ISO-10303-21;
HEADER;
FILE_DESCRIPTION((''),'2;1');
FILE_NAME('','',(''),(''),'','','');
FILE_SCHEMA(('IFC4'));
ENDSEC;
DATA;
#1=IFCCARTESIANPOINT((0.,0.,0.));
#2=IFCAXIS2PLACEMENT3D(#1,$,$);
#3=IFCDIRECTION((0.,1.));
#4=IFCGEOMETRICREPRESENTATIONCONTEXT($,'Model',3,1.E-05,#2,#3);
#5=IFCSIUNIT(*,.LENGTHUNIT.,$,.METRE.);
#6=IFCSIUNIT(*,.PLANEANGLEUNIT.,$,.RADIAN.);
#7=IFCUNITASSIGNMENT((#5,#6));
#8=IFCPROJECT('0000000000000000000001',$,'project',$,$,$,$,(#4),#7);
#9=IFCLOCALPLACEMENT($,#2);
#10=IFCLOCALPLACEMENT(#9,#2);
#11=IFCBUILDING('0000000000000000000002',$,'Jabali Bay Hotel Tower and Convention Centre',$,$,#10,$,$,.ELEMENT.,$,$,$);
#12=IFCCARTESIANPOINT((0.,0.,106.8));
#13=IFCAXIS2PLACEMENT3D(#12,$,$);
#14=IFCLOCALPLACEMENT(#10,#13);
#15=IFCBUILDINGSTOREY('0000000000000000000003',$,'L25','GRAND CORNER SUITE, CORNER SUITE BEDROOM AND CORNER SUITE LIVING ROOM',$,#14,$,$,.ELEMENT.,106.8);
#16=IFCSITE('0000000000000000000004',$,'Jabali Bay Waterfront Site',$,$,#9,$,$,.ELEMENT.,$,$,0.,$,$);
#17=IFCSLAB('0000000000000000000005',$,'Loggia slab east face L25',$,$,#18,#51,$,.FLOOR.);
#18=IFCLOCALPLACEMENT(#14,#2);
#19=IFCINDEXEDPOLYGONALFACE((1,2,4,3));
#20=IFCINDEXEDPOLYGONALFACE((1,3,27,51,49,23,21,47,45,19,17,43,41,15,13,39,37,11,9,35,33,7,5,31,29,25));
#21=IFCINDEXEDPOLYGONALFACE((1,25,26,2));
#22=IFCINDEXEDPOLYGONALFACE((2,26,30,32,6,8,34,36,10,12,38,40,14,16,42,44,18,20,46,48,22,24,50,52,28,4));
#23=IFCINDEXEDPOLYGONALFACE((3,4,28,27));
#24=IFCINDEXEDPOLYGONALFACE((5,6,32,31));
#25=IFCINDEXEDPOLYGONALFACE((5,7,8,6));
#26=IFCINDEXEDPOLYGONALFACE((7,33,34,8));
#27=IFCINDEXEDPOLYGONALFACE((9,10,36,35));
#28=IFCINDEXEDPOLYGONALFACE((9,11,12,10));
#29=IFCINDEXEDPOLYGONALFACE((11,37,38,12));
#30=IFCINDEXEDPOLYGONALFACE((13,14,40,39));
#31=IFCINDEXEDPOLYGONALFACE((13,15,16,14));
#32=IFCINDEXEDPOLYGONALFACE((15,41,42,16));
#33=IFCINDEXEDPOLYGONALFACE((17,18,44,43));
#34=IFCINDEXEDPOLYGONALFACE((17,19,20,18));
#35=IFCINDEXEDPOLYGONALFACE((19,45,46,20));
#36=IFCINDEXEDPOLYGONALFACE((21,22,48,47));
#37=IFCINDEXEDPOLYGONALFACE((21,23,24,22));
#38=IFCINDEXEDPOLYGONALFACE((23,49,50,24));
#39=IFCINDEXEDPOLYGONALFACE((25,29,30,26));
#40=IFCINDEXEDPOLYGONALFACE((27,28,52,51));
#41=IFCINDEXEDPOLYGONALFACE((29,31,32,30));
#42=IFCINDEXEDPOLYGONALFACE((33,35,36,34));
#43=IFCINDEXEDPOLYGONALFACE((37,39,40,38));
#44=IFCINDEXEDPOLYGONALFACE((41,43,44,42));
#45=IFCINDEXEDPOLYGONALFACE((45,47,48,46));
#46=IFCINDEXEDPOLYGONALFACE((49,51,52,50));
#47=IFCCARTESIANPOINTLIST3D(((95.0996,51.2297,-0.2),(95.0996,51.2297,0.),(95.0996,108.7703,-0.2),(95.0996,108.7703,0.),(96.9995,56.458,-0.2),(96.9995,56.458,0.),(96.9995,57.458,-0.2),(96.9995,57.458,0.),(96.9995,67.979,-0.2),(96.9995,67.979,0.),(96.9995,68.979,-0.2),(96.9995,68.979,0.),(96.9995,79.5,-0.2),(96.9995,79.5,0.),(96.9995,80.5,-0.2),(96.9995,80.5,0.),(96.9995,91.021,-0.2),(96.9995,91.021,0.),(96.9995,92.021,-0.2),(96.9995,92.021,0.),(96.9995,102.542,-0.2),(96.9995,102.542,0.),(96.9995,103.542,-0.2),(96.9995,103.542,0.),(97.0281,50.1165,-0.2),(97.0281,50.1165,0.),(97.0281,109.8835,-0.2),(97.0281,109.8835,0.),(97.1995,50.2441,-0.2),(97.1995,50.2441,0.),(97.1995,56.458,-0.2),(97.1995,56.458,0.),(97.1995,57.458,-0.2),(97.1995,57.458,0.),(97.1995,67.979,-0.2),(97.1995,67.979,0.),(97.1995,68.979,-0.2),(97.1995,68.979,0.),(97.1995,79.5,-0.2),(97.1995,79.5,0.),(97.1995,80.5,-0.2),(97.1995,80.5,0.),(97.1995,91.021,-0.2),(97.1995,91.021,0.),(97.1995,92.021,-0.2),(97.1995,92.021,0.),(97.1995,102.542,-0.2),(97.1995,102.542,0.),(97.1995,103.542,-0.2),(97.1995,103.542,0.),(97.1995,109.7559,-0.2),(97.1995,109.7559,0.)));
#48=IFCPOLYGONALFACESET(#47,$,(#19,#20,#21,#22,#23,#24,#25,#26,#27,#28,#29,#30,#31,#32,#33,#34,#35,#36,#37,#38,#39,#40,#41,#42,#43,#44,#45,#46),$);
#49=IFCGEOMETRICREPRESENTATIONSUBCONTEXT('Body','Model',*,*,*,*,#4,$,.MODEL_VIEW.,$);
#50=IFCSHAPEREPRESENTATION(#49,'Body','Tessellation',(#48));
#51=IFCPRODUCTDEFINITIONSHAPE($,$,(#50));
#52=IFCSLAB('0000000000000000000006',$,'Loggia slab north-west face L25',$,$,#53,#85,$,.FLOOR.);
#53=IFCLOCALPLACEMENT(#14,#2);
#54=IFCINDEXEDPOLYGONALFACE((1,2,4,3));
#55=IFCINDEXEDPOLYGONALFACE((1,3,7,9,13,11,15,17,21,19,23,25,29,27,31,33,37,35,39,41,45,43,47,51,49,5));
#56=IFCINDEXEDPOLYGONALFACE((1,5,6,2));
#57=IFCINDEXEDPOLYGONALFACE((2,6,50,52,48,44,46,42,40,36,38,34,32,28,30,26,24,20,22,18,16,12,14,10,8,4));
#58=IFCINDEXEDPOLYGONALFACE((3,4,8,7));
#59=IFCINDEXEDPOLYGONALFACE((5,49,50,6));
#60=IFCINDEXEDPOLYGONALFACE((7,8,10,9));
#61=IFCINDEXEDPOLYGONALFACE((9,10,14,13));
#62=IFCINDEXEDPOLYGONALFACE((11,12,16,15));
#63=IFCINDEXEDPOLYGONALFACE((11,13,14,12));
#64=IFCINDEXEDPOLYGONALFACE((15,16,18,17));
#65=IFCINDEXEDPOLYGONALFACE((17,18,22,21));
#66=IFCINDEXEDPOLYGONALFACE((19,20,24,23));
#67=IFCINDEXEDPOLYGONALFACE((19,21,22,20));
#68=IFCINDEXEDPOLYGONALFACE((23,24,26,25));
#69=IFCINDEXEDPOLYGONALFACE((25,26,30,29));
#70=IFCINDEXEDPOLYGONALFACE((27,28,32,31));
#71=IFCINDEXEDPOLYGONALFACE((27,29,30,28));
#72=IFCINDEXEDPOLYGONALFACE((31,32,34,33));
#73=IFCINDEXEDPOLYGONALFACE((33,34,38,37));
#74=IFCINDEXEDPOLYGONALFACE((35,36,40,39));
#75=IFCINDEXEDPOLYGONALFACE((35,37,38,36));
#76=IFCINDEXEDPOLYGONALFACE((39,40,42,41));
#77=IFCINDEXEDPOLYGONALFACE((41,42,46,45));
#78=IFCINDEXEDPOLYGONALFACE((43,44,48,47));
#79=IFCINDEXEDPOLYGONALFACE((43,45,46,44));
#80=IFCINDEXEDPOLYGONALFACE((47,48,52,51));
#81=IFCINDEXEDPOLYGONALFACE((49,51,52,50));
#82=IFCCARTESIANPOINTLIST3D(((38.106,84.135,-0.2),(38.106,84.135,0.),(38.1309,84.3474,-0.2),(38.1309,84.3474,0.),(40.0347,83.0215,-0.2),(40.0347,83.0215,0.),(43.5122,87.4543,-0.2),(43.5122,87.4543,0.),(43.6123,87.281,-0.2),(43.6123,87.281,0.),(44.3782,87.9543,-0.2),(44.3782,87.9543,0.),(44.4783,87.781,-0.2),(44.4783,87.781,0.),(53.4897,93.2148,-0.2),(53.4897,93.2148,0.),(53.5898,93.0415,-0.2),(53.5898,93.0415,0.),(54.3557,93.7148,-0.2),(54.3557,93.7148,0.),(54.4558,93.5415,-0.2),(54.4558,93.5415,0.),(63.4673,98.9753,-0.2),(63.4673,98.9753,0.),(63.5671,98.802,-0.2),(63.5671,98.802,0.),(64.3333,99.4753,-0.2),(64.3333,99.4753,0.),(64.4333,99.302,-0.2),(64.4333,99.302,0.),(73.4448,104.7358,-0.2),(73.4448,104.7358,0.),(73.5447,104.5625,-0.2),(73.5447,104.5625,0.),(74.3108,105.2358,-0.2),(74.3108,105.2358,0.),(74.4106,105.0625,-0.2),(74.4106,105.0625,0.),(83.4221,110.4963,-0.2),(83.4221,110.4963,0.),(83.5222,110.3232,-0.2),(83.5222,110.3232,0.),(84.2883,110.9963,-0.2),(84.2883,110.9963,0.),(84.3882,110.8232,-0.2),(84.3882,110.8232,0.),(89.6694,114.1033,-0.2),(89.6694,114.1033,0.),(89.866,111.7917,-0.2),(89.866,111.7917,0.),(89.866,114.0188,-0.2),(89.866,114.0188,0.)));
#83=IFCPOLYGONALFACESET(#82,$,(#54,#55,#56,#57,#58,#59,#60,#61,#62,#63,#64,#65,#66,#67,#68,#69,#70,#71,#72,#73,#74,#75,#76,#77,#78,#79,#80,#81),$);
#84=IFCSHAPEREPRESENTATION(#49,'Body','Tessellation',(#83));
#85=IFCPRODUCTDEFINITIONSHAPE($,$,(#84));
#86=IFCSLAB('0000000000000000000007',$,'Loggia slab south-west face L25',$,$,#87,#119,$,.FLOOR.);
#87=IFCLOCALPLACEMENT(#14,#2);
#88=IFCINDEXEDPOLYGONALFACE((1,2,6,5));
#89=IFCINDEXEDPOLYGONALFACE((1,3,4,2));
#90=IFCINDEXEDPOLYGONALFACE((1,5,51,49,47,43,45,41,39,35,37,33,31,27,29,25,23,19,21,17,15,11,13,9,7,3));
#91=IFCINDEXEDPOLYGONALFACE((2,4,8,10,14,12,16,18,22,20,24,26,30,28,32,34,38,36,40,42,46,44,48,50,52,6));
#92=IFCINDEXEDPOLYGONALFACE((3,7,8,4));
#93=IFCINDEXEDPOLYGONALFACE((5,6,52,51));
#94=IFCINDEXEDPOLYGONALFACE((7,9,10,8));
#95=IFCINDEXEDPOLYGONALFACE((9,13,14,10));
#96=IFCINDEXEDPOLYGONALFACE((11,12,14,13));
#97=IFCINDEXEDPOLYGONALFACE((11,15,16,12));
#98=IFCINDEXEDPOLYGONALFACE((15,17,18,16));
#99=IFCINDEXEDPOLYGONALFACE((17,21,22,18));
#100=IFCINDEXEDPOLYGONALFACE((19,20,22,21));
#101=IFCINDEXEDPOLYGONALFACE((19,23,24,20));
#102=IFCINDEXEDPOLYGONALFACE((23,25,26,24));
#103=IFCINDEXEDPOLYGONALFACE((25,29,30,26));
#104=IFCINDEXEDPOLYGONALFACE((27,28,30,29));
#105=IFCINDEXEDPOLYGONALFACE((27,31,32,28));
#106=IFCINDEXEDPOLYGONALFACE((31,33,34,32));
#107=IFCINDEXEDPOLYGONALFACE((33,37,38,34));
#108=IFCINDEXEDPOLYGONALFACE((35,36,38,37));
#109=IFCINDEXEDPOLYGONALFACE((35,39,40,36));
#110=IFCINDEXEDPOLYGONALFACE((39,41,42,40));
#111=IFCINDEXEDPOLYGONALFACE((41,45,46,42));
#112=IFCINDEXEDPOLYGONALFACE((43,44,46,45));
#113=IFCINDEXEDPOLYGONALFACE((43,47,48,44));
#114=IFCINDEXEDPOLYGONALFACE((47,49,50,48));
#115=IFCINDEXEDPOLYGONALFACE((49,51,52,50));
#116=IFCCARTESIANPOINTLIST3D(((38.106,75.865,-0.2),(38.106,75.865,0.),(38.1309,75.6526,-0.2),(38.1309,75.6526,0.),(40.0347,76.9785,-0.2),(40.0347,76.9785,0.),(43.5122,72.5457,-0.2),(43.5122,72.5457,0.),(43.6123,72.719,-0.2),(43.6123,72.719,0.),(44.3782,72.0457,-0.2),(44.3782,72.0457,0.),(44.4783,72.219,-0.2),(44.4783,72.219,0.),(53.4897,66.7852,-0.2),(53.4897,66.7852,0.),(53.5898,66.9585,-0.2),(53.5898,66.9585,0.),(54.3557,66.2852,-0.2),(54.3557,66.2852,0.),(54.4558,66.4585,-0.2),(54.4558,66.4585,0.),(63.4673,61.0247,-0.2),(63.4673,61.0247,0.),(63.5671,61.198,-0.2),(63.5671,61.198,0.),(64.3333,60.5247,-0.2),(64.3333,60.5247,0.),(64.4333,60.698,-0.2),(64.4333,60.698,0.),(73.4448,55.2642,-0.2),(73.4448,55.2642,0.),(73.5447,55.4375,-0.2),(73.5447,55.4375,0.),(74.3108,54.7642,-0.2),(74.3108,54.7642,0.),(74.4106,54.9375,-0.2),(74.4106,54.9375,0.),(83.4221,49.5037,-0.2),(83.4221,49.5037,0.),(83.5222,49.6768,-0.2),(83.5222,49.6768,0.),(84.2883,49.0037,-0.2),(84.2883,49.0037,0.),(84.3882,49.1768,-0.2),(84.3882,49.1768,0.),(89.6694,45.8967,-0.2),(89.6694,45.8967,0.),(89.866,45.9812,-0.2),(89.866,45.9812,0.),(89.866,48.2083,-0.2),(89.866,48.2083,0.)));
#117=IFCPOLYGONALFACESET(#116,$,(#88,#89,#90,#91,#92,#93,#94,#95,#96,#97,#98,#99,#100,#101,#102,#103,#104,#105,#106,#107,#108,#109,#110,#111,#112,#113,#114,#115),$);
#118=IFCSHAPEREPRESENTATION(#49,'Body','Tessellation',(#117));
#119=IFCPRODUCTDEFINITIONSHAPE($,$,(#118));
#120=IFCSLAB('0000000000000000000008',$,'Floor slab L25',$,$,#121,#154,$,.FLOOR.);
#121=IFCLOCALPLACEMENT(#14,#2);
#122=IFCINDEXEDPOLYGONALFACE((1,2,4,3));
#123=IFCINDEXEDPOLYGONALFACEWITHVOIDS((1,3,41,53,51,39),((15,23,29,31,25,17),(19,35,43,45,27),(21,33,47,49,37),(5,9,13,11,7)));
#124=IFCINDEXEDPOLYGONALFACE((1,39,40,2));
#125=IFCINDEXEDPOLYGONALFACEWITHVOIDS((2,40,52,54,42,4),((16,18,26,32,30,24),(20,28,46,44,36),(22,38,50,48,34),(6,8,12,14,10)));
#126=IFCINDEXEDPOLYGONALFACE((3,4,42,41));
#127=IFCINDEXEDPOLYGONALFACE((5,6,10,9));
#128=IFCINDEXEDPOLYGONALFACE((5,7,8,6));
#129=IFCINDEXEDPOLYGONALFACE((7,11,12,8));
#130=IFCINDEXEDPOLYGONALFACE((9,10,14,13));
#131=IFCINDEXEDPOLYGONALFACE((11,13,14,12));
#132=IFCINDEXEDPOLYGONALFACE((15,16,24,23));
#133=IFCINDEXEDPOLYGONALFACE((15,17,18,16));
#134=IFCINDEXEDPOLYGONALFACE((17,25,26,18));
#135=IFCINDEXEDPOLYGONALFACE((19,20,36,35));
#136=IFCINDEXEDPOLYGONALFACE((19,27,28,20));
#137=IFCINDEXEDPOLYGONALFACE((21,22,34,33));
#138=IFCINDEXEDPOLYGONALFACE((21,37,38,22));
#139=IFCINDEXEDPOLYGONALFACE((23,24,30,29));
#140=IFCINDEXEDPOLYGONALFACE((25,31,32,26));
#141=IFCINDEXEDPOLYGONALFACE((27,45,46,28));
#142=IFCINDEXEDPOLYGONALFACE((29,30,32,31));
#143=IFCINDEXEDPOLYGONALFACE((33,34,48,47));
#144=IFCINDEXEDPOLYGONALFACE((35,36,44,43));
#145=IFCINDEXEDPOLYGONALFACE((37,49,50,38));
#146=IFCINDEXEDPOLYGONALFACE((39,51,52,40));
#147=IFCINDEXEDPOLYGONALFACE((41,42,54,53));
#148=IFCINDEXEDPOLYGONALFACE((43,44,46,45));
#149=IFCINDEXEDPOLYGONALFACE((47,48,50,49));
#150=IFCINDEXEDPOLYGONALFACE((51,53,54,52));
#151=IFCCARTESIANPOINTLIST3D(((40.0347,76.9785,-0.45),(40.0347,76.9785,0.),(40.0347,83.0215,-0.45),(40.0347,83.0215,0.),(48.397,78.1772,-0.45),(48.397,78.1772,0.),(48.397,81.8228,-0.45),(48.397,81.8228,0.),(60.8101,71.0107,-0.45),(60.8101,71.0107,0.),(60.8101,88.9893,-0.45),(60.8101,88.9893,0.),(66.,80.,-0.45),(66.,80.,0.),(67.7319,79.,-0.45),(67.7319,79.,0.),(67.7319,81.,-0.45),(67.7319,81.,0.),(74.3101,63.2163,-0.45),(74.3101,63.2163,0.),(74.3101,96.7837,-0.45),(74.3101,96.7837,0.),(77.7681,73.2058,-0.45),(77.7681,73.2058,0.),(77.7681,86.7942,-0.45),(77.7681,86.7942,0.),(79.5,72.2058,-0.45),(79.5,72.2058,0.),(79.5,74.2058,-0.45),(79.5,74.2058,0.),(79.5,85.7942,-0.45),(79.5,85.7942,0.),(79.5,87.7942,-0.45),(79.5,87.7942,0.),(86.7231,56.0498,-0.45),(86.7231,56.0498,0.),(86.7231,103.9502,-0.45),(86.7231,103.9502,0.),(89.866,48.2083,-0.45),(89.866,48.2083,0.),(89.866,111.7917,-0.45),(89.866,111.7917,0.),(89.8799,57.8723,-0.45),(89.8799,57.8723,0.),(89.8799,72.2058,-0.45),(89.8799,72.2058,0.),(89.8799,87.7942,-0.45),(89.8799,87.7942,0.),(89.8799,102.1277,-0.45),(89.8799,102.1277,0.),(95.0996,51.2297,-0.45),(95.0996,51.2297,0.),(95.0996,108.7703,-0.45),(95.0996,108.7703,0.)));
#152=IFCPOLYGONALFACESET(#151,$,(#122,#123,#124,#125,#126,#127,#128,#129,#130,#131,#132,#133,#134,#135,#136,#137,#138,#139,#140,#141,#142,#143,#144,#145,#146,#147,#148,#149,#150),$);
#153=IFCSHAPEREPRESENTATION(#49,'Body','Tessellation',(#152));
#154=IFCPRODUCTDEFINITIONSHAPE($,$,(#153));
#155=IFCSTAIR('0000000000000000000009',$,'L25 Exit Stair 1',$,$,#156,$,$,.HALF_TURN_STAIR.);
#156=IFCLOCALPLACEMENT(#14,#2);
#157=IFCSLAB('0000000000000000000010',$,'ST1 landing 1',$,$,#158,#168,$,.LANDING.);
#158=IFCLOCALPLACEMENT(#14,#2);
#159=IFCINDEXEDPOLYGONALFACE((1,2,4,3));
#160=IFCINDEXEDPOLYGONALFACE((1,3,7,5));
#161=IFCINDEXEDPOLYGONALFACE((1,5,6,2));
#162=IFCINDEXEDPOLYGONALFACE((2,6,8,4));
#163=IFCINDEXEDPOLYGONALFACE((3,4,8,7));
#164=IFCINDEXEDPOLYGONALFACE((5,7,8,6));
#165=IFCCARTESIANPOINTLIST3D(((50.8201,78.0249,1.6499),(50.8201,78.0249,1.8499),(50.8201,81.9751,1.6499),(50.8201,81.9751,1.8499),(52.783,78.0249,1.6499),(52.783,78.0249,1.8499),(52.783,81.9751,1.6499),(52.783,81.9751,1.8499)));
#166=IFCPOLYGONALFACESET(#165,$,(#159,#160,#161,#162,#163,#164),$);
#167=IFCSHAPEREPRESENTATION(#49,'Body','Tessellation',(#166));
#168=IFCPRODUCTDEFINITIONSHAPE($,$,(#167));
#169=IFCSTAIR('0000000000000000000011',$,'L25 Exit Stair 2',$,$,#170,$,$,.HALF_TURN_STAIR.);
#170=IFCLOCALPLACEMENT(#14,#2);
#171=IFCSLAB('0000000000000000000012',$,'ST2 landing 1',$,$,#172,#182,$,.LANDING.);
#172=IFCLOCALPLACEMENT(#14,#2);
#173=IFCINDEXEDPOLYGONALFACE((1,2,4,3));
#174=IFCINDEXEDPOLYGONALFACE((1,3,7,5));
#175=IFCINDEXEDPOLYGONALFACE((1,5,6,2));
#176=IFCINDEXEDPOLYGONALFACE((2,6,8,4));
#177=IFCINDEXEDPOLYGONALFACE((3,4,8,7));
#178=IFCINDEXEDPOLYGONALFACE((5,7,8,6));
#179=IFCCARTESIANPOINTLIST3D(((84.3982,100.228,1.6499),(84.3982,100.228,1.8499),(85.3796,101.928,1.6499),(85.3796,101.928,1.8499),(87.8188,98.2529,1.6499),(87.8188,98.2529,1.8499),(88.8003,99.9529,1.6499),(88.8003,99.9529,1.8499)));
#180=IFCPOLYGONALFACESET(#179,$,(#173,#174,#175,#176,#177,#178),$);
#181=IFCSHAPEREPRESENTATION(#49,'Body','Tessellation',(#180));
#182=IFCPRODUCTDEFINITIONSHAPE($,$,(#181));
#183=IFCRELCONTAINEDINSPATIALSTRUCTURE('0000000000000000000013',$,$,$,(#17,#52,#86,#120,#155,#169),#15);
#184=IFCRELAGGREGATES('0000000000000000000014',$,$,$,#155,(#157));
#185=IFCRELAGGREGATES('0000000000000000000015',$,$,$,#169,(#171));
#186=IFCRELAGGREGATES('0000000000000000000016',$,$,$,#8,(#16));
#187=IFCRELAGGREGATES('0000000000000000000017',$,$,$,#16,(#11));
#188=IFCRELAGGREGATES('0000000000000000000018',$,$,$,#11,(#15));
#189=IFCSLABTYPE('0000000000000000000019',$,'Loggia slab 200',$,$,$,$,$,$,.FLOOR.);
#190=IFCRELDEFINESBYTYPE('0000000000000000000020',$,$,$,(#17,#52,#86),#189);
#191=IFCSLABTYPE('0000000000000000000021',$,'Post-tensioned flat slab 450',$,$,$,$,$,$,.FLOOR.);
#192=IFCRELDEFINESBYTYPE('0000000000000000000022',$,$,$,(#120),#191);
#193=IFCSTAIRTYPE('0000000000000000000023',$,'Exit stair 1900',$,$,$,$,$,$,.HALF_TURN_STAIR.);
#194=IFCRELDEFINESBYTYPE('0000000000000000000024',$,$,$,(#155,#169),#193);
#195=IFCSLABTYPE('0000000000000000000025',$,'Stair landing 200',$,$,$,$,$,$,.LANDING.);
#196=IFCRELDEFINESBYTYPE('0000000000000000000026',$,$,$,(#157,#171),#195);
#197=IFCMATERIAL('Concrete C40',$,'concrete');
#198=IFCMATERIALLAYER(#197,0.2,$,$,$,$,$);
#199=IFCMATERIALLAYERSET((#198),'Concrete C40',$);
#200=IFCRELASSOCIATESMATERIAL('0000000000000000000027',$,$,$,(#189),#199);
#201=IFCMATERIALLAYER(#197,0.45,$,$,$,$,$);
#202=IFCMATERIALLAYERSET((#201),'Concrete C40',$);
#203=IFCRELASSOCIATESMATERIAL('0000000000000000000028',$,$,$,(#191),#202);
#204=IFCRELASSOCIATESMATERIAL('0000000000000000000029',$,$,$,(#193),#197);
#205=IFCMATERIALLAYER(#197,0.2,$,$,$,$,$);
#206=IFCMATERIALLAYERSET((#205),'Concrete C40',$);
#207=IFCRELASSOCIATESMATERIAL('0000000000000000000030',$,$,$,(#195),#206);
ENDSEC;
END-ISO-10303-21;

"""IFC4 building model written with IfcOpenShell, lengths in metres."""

from ifc_helpers import new_model, si_unit, direction, frame, origin, place, context, subcontext, project, spatial, polyline, outline, extrude, material, layer, layer_set, type_object, element, aggregate, save


model = new_model("IFC4")

# Units and contexts
model_context = context("Model", 3, precision=1e-05, world=origin(), true_north=direction((0.0, 1.0)))
body_context = subcontext(model_context, "Body", "Model", "MODEL_VIEW")
ifc_project = project(units=[si_unit("LENGTHUNIT", "METRE"), si_unit("PLANEANGLEUNIT", "RADIAN")], contexts=[model_context])

# Site, building, storey
site_placement = place(None, origin())
site = spatial("IfcSite", under=ifc_project, at=site_placement, Name="Jabali Bay Waterfront Site", CompositionType="ELEMENT", RefElevation=0.0)
building_placement = place(site_placement, origin())
building = spatial("IfcBuilding", under=site, at=building_placement, Name="Jabali Bay Hotel Tower and Convention Centre", CompositionType="ELEMENT")
storey_placement = place(building_placement, frame((0.0, 0.0, 106.8)))
storey = spatial("IfcBuildingStorey", under=building, at=storey_placement, Name="L25", Description="GRAND CORNER SUITE, CORNER SUITE BEDROOM AND CORNER SUITE LIVING ROOM", CompositionType="ELEMENT", Elevation=106.8)

# Slabs
ifc_material_1 = material(Name="Concrete C40", Category="concrete")
ifc_layer_1 = layer(ifc_material_1, 0.2)
ifc_layer_set_1 = layer_set([ifc_layer_1], Name="Concrete C40")
slab_type_1 = type_object("IfcSlabType", Name="Loggia slab 200", PredefinedType="FLOOR", material=ifc_layer_set_1)
slab_1_placement = place(storey_placement, frame((0.0, 0.0, -0.2)))
element("IfcSlab", 1, at=slab_1_placement, inside=storey, type_object=slab_type_1, Name="Loggia slab east face L25", PredefinedType="FLOOR", context=body_context, shape_type="SweptSolid", body=[
    extrude(outline(polyline([(95.0996, 108.7703), (97.0281, 109.8835), (97.1995, 109.7559), (97.1995, 103.542), (96.9995, 103.542), (96.9995, 102.542), (97.1995, 102.542), (97.1995, 92.021), (96.9995, 92.021), (96.9995, 91.021), (97.1995, 91.021), (97.1995, 80.5), (96.9995, 80.5), (96.9995, 79.5), (97.1995, 79.5), (97.1995, 68.979), (96.9995, 68.979), (96.9995, 67.979), (97.1995, 67.979), (97.1995, 57.458), (96.9995, 57.458), (96.9995, 56.458), (97.1995, 56.458), (97.1995, 50.2441), (97.0281, 50.1165), (95.0996, 51.2297), (95.0996, 108.7703)])), origin(), (0.0, 0.0, 1.0), 0.2),
])
slab_2_placement = place(storey_placement, frame((0.0, 0.0, -0.2)))
element("IfcSlab", 2, at=slab_2_placement, inside=storey, type_object=slab_type_1, Name="Loggia slab north-west face L25", PredefinedType="FLOOR", context=body_context, shape_type="SweptSolid", body=[
    extrude(outline(polyline([(40.0347, 83.0215), (38.106, 84.135), (38.1309, 84.3474), (43.5122, 87.4543), (43.6123, 87.281), (44.4783, 87.781), (44.3782, 87.9543), (53.4897, 93.2148), (53.5898, 93.0415), (54.4558, 93.5415), (54.3557, 93.7148), (63.4673, 98.9753), (63.5671, 98.802), (64.4333, 99.302), (64.3333, 99.4753), (73.4448, 104.7358), (73.5447, 104.5625), (74.4106, 105.0625), (74.3108, 105.2358), (83.4221, 110.4963), (83.5222, 110.3232), (84.3882, 110.8232), (84.2883, 110.9963), (89.6694, 114.1033), (89.866, 114.0188), (89.866, 111.7917), (40.0347, 83.0215)])), origin(), (0.0, 0.0, 1.0), 0.2),
])
slab_3_placement = place(storey_placement, frame((0.0, 0.0, -0.2)))
element("IfcSlab", 3, at=slab_3_placement, inside=storey, type_object=slab_type_1, Name="Loggia slab south-west face L25", PredefinedType="FLOOR", context=body_context, shape_type="SweptSolid", body=[
    extrude(outline(polyline([(89.866, 48.2083), (89.866, 45.9812), (89.6694, 45.8967), (84.2883, 49.0037), (84.3882, 49.1768), (83.5222, 49.6768), (83.4221, 49.5037), (74.3108, 54.7642), (74.4106, 54.9375), (73.5447, 55.4375), (73.4448, 55.2642), (64.3333, 60.5247), (64.4333, 60.698), (63.5671, 61.198), (63.4673, 61.0247), (54.3557, 66.2852), (54.4558, 66.4585), (53.5898, 66.9585), (53.4897, 66.7852), (44.3782, 72.0457), (44.4783, 72.219), (43.6123, 72.719), (43.5122, 72.5457), (38.1309, 75.6526), (38.106, 75.865), (40.0347, 76.9785), (89.866, 48.2083)])), origin(), (0.0, 0.0, 1.0), 0.2),
])
ifc_layer_2 = layer(ifc_material_1, 0.45)
ifc_layer_set_2 = layer_set([ifc_layer_2], Name="Concrete C40")
slab_type_2 = type_object("IfcSlabType", Name="Post-tensioned flat slab 450", PredefinedType="FLOOR", material=ifc_layer_set_2)
slab_4_placement = place(storey_placement, frame((0.0, 0.0, -0.45)))
element("IfcSlab", 4, at=slab_4_placement, inside=storey, type_object=slab_type_2, Name="Floor slab L25", PredefinedType="FLOOR", context=body_context, shape_type="SweptSolid", body=[
    extrude(outline(polyline([(89.866, 111.7917), (95.0996, 108.7703), (95.0996, 51.2297), (89.866, 48.2083), (40.0347, 76.9785), (40.0347, 83.0215), (89.866, 111.7917)]), holes=[polyline([(67.7319, 79.0), (77.7681, 73.2058), (79.5, 74.2058), (79.5, 85.7942), (77.7681, 86.7942), (67.7319, 81.0), (67.7319, 79.0)]), polyline([(48.397, 78.1772), (60.8101, 71.0107), (66.0, 80.0), (60.8101, 88.9893), (48.397, 81.8228), (48.397, 78.1772)]), polyline([(89.8799, 102.1277), (86.7231, 103.9502), (74.3101, 96.7837), (79.5, 87.7942), (89.8799, 87.7942), (89.8799, 102.1277)]), polyline([(74.3101, 63.2163), (86.7231, 56.0498), (89.8799, 57.8723), (89.8799, 72.2058), (79.5, 72.2058), (74.3101, 63.2163)])]), origin(), (0.0, 0.0, 1.0), 0.45),
])

# Stairs, slabs
stair_type = type_object("IfcStairType", Name="Exit stair 1900", PredefinedType="HALF_TURN_STAIR", material=ifc_material_1)
stair_1_placement = place(storey_placement, origin())
stair_1 = element("IfcStair", 5, at=stair_1_placement, inside=storey, type_object=stair_type, Name="L25 Exit Stair 1", PredefinedType="HALF_TURN_STAIR")
ifc_layer_3 = layer(ifc_material_1, 0.2)
ifc_layer_set_3 = layer_set([ifc_layer_3], Name="Concrete C40")
slab_type_3 = type_object("IfcSlabType", Name="Stair landing 200", PredefinedType="LANDING", material=ifc_layer_set_3)
slab_5_placement = place(storey_placement, frame((0.0, 0.0, 1.6499)))
slab_5 = element("IfcSlab", 6, at=slab_5_placement, type_object=slab_type_3, Name="ST1 landing 1", PredefinedType="LANDING", context=body_context, shape_type="SweptSolid", body=[
    extrude(outline(polyline([(52.783, 81.9751), (50.8201, 81.9751), (50.8201, 78.0249), (52.783, 78.0249), (52.783, 81.9751)])), origin(), (0.0, 0.0, 1.0), 0.2),
])
aggregate(stair_1, [slab_5])
stair_2_placement = place(storey_placement, origin())
stair_2 = element("IfcStair", 7, at=stair_2_placement, inside=storey, type_object=stair_type, Name="L25 Exit Stair 2", PredefinedType="HALF_TURN_STAIR")
slab_6_placement = place(storey_placement, frame((0.0, 0.0, 1.6499)))
slab_6 = element("IfcSlab", 8, at=slab_6_placement, type_object=slab_type_3, Name="ST2 landing 1", PredefinedType="LANDING", context=body_context, shape_type="SweptSolid", body=[
    extrude(outline(polyline([(87.8188, 98.2529), (88.8003, 99.9529), (85.3796, 101.928), (84.3982, 100.228), (87.8188, 98.2529)])), origin(), (0.0, 0.0, 1.0), 0.2),
])
aggregate(stair_2, [slab_6])

save(model, "model.ifc")
